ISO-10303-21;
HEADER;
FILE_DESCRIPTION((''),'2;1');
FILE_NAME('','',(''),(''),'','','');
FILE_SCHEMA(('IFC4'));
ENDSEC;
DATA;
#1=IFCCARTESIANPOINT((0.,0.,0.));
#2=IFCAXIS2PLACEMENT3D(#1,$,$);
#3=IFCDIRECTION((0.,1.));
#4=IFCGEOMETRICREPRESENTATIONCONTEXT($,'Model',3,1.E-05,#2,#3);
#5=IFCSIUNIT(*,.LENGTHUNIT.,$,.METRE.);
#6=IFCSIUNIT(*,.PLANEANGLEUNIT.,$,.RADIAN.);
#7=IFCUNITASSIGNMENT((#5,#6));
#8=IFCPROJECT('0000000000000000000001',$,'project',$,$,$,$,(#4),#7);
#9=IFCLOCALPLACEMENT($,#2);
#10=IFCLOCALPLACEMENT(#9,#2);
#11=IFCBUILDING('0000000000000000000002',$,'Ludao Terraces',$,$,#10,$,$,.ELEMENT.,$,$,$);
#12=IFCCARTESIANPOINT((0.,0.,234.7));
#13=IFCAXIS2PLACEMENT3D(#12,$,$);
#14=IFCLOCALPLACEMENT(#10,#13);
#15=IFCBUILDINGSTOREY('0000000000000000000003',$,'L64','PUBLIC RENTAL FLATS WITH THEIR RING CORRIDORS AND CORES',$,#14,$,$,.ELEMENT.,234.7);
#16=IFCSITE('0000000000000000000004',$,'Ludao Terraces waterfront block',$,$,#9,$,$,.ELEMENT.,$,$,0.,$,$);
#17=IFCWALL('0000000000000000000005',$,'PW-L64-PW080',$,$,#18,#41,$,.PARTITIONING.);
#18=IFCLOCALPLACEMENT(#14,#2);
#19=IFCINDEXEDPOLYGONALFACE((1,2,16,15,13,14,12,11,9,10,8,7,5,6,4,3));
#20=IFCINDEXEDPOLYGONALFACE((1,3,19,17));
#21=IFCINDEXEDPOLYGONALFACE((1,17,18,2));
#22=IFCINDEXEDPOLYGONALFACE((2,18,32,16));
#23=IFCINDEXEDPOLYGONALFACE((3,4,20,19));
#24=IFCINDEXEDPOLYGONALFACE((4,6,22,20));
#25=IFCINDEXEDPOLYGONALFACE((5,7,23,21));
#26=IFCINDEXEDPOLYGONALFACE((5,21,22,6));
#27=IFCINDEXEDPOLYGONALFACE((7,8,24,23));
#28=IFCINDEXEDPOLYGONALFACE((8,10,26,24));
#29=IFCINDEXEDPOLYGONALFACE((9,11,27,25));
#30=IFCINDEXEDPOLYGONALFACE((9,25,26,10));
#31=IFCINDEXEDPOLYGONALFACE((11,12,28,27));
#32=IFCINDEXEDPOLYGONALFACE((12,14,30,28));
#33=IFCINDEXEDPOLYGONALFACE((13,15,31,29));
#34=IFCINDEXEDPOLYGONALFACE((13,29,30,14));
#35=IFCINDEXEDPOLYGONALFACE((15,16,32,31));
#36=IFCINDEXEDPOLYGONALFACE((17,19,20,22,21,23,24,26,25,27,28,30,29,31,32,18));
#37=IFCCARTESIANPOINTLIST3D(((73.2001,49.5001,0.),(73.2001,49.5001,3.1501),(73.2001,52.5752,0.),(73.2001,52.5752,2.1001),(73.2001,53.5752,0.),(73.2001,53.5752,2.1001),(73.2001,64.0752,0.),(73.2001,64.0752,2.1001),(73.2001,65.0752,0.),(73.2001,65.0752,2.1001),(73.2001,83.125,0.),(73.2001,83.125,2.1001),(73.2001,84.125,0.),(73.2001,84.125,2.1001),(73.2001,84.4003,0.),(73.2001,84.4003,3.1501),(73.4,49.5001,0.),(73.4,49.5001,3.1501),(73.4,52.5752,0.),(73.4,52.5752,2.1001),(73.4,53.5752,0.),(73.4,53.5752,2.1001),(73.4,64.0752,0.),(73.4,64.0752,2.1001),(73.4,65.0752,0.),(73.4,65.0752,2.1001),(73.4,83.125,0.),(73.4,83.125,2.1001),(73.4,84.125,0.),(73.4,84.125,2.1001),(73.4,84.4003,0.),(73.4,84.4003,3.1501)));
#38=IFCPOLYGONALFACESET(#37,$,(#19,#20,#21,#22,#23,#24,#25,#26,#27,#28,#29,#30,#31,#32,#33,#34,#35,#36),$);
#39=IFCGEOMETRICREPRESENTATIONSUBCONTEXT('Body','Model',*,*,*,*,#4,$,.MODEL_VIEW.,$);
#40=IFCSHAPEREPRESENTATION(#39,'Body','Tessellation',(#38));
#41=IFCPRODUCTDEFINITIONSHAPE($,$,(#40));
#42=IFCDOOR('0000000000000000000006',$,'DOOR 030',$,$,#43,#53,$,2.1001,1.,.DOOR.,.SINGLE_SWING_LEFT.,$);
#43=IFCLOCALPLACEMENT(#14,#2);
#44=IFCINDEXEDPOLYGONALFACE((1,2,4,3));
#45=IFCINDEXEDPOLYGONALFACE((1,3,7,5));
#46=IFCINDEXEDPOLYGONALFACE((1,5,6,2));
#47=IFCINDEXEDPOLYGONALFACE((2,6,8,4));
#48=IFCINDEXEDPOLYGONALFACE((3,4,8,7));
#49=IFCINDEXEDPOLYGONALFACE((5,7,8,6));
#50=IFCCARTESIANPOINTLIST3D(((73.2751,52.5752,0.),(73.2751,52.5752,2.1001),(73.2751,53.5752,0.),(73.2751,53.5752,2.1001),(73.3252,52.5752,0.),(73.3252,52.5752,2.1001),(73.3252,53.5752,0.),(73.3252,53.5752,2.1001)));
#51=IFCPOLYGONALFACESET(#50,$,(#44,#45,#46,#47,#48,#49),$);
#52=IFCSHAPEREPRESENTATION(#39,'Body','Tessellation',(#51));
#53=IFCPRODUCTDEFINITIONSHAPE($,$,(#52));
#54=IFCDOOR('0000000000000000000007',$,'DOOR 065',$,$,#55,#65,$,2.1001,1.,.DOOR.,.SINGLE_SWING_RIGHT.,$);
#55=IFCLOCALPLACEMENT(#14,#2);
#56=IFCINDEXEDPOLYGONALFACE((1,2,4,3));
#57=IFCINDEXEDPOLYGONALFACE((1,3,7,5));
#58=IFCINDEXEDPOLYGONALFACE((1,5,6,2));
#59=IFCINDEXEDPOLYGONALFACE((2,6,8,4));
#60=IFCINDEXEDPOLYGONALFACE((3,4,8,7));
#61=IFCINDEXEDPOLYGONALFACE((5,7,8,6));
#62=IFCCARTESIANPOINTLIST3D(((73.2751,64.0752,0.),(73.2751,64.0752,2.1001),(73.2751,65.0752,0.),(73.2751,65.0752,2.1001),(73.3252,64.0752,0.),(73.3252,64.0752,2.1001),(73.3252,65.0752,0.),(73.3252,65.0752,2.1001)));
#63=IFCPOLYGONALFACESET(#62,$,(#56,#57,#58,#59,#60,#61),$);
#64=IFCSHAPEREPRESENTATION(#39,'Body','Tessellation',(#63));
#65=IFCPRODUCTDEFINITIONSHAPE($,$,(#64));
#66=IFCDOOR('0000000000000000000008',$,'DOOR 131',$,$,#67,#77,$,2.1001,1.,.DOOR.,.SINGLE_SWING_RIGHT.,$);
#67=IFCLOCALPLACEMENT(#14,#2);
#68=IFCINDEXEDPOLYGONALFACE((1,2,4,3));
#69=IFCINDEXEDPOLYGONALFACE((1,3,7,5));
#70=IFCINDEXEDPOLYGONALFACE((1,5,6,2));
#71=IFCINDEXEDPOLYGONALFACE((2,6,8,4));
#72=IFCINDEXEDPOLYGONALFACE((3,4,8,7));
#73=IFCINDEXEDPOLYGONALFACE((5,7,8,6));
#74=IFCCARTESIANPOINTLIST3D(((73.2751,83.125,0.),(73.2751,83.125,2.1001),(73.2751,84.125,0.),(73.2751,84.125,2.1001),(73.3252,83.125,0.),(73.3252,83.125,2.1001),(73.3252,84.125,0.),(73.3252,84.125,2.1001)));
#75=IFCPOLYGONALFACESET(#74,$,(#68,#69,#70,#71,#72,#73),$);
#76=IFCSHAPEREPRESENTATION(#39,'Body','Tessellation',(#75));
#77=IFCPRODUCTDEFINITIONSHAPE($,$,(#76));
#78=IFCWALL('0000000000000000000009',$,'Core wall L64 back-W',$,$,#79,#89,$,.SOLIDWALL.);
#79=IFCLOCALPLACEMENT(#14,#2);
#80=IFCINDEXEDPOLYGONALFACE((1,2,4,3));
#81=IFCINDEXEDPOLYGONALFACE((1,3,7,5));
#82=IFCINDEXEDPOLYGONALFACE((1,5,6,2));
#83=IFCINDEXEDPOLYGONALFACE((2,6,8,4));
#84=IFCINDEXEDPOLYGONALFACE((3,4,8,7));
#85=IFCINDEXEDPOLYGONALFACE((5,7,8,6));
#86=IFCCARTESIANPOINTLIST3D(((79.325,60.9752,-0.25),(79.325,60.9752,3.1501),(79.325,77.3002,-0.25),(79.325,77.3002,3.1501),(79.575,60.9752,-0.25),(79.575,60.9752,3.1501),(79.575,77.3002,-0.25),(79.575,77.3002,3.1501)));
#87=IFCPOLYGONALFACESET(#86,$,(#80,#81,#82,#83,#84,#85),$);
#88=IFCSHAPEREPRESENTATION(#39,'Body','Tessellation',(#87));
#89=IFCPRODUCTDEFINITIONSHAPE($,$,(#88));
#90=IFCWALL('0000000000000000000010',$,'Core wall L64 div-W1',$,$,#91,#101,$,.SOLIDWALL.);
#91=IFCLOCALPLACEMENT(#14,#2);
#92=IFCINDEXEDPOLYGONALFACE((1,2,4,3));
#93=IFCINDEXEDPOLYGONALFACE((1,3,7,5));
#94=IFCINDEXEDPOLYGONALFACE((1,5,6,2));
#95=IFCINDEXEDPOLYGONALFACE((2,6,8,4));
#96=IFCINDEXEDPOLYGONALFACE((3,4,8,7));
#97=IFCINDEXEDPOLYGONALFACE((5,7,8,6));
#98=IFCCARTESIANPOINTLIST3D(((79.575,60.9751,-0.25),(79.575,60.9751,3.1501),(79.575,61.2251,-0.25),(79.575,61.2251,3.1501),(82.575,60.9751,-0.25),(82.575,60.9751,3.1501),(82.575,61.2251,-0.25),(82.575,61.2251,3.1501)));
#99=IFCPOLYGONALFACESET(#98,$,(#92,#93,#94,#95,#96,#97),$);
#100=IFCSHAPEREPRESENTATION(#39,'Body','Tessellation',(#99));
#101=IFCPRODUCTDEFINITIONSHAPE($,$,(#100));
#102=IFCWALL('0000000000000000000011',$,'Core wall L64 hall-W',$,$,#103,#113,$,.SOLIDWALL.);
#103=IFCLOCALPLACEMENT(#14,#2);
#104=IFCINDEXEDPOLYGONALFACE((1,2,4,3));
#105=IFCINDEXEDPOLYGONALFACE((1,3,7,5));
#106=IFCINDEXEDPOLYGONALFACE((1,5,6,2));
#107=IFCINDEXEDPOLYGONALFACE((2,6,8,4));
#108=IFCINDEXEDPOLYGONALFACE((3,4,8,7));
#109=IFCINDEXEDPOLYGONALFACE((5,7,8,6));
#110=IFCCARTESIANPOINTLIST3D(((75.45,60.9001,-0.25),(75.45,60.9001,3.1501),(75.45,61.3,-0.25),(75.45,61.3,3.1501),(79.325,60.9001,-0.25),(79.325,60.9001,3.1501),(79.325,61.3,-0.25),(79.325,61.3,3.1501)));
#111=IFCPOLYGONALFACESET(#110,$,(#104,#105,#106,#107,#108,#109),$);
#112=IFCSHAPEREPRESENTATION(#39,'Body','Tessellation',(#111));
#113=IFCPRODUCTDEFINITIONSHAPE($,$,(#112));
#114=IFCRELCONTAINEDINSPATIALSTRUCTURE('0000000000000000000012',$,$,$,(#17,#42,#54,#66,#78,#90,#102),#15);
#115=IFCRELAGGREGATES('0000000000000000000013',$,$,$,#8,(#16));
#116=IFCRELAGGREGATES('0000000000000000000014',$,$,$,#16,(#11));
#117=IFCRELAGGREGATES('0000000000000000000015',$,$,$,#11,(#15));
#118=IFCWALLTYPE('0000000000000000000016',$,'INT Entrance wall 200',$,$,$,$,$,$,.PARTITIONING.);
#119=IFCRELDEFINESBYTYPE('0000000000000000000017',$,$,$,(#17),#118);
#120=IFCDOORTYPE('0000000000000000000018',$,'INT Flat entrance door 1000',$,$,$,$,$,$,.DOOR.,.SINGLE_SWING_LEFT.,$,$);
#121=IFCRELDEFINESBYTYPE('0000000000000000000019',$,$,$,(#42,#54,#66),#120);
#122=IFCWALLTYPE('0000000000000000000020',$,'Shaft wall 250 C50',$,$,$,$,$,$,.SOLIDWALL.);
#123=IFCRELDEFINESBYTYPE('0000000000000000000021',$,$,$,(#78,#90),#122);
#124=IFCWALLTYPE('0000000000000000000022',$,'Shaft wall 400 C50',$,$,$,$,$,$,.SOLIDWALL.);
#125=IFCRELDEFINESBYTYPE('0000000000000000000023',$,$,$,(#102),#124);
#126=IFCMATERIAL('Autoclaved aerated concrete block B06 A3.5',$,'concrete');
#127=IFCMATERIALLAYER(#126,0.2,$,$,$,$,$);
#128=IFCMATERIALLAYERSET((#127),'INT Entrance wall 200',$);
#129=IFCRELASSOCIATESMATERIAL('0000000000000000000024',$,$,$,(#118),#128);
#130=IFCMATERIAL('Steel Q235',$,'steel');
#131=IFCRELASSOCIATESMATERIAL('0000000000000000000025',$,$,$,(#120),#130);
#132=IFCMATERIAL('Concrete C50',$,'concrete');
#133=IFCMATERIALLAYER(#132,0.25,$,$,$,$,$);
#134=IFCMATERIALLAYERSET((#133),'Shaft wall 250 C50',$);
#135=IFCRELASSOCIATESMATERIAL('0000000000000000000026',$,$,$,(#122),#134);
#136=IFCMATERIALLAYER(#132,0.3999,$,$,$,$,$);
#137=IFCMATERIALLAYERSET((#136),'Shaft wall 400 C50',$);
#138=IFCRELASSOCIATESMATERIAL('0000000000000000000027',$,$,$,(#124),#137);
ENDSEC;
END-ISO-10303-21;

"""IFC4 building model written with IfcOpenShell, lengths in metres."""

from ifc_helpers import new_model, si_unit, direction, frame, frame_2d, origin, place, context, subcontext, project, spatial, rectangle, extrude, material, layer, layer_set, type_object, element, fill, save


model = new_model("IFC4")

# Units and contexts
model_context = context("Model", 3, precision=1e-05, world=origin(), true_north=direction((0.0, 1.0)))
body_context = subcontext(model_context, "Body", "Model", "MODEL_VIEW")
ifc_project = project(units=[si_unit("LENGTHUNIT", "METRE"), si_unit("PLANEANGLEUNIT", "RADIAN")], contexts=[model_context])

# Site, building, storey
site_placement = place(None, origin())
site = spatial("IfcSite", under=ifc_project, at=site_placement, Name="Ludao Terraces waterfront block", CompositionType="ELEMENT", RefElevation=0.0)
building_placement = place(site_placement, origin())
building = spatial("IfcBuilding", under=site, at=building_placement, Name="Ludao Terraces", CompositionType="ELEMENT")
storey_placement = place(building_placement, frame((0.0, 0.0, 234.7)))
storey = spatial("IfcBuildingStorey", under=building, at=storey_placement, Name="L64", Description="PUBLIC RENTAL FLATS WITH THEIR RING CORRIDORS AND CORES", CompositionType="ELEMENT", Elevation=234.7)

# Shared definitions
ifc_material_1 = material(Name="Concrete C50", Category="concrete")

# Shared definitions
ifc_material_2 = material(Name="Steel Q235", Category="steel")

# Wall, openings, doors
ifc_material_3 = material(Name="Autoclaved aerated concrete block B06 A3.5", Category="concrete")
ifc_layer_1 = layer(ifc_material_3, 0.2)
ifc_layer_set_1 = layer_set([ifc_layer_1], Name="INT Entrance wall 200")
wall_type_1 = type_object("IfcWallType", Name="INT Entrance wall 200", PredefinedType="PARTITIONING", material=ifc_layer_set_1)
wall_1_placement = place(storey_placement, frame((73.3, 49.5, 0.0), z_axis=(0.0, 0.0, 1.0), x_axis=(0.0, 1.0, 0.0)))
wall_1 = element("IfcWall", 1, at=wall_1_placement, inside=storey, type_object=wall_type_1, Name="PW-L64-PW080", PredefinedType="PARTITIONING", context=body_context, shape_type="SweptSolid", body=[
    extrude(rectangle(XDim=34.9001, YDim=0.2, at=frame_2d((17.4502, 0.0))), origin(), (0.0, 0.0, 1.0), 3.1501),
])
opening_1_placement = place(wall_1_placement, frame((3.0752, 0.0, 0.0)))
opening_1 = element("IfcOpeningElement", 2, at=opening_1_placement, cuts=wall_1, PredefinedType="OPENING", context=body_context, shape_type="SweptSolid", body=[
    extrude(rectangle(XDim=1.0, YDim=2.1001, at=frame_2d((0.5, 1.05))), frame((0.0, 0.1099, 0.0), z_axis=(0.0, -1.0, 0.0), x_axis=(1.0, 0.0, 0.0)), (0.0, 0.0, 1.0), 0.22),
])
opening_2_placement = place(wall_1_placement, frame((14.5752, 0.0, 0.0)))
opening_2 = element("IfcOpeningElement", 3, at=opening_2_placement, cuts=wall_1, PredefinedType="OPENING", context=body_context, shape_type="SweptSolid", body=[
    extrude(rectangle(XDim=1.0, YDim=2.1001, at=frame_2d((0.5, 1.05))), frame((0.0, 0.1099, 0.0), z_axis=(0.0, -1.0, 0.0), x_axis=(1.0, 0.0, 0.0)), (0.0, 0.0, 1.0), 0.22),
])
opening_3_placement = place(wall_1_placement, frame((33.625, 0.0, 0.0)))
opening_3 = element("IfcOpeningElement", 4, at=opening_3_placement, cuts=wall_1, PredefinedType="OPENING", context=body_context, shape_type="SweptSolid", body=[
    extrude(rectangle(XDim=1.0, YDim=2.1001, at=frame_2d((0.5, 1.05))), frame((0.0, 0.1099, 0.0), z_axis=(0.0, -1.0, 0.0), x_axis=(1.0, 0.0, 0.0)), (0.0, 0.0, 1.0), 0.22),
])
door_type_1 = type_object("IfcDoorType", Name="INT Flat entrance door 1000", OperationType="SINGLE_SWING_LEFT", PredefinedType="DOOR", material=ifc_material_2)
door_1_placement = place(opening_1_placement, origin())
door_1 = element("IfcDoor", 5, at=door_1_placement, inside=storey, type_object=door_type_1, Name="DOOR 030", OperationType="SINGLE_SWING_LEFT", OverallHeight=2.1001, OverallWidth=1.0, PredefinedType="DOOR", context=body_context, shape_type="SweptSolid", body=[
    extrude(rectangle(XDim=1.0, YDim=2.1001, at=frame_2d((0.5, 1.05))), frame((0.0, 0.0249, 0.0), z_axis=(0.0, -1.0, 0.0), x_axis=(1.0, 0.0, 0.0)), (0.0, 0.0, 1.0), 0.05),
])
fill(opening_1, door_1)
door_2_placement = place(opening_2_placement, origin())
door_2 = element("IfcDoor", 6, at=door_2_placement, inside=storey, type_object=door_type_1, Name="DOOR 065", OperationType="SINGLE_SWING_RIGHT", OverallHeight=2.1001, OverallWidth=1.0, PredefinedType="DOOR", context=body_context, shape_type="SweptSolid", body=[
    extrude(rectangle(XDim=1.0, YDim=2.1001, at=frame_2d((0.5, 1.05))), frame((0.0, 0.0249, 0.0), z_axis=(0.0, -1.0, 0.0), x_axis=(1.0, 0.0, 0.0)), (0.0, 0.0, 1.0), 0.05),
])
fill(opening_2, door_2)
door_3_placement = place(opening_3_placement, origin())
door_3 = element("IfcDoor", 7, at=door_3_placement, inside=storey, type_object=door_type_1, Name="DOOR 131", OperationType="SINGLE_SWING_RIGHT", OverallHeight=2.1001, OverallWidth=1.0, PredefinedType="DOOR", context=body_context, shape_type="SweptSolid", body=[
    extrude(rectangle(XDim=1.0, YDim=2.1001, at=frame_2d((0.5, 1.05))), frame((0.0, 0.0249, 0.0), z_axis=(0.0, -1.0, 0.0), x_axis=(1.0, 0.0, 0.0)), (0.0, 0.0, 1.0), 0.05),
])
fill(opening_3, door_3)

# Walls
ifc_layer_2 = layer(ifc_material_1, 0.25)
ifc_layer_set_2 = layer_set([ifc_layer_2], Name="Shaft wall 250 C50")
wall_type_2 = type_object("IfcWallType", Name="Shaft wall 250 C50", PredefinedType="SOLIDWALL", material=ifc_layer_set_2)
wall_2_placement = place(storey_placement, frame((79.45, 60.9751, -0.25), z_axis=(0.0, 0.0, 1.0), x_axis=(0.0, 1.0, 0.0)))
element("IfcWall", 8, at=wall_2_placement, inside=storey, type_object=wall_type_2, Name="Core wall L64 back-W", PredefinedType="SOLIDWALL", context=body_context, shape_type="SweptSolid", body=[
    extrude(rectangle(XDim=16.325, YDim=0.25, at=frame_2d((8.1626, 0.0))), origin(), (0.0, 0.0, 1.0), 3.4001),
])
wall_3_placement = place(storey_placement, frame((79.575, 61.1001, -0.25), z_axis=(0.0, 0.0, 1.0), x_axis=(1.0, 0.0, 0.0)))
element("IfcWall", 9, at=wall_3_placement, inside=storey, type_object=wall_type_2, Name="Core wall L64 div-W1", PredefinedType="SOLIDWALL", context=body_context, shape_type="SweptSolid", body=[
    extrude(rectangle(XDim=3.0, YDim=0.25, at=frame_2d((1.5, 0.0))), origin(), (0.0, 0.0, 1.0), 3.4001),
])
ifc_layer_3 = layer(ifc_material_1, 0.3999)
ifc_layer_set_3 = layer_set([ifc_layer_3], Name="Shaft wall 400 C50")
wall_type_3 = type_object("IfcWallType", Name="Shaft wall 400 C50", PredefinedType="SOLIDWALL", material=ifc_layer_set_3)
wall_4_placement = place(storey_placement, frame((75.45, 61.1001, -0.25), z_axis=(0.0, 0.0, 1.0), x_axis=(1.0, 0.0, 0.0)))
element("IfcWall", 10, at=wall_4_placement, inside=storey, type_object=wall_type_3, Name="Core wall L64 hall-W", PredefinedType="SOLIDWALL", context=body_context, shape_type="SweptSolid", body=[
    extrude(rectangle(XDim=3.875, YDim=0.3999, at=frame_2d((1.9375, 0.0))), origin(), (0.0, 0.0, 1.0), 3.4001),
])

save(model, "model.ifc")
